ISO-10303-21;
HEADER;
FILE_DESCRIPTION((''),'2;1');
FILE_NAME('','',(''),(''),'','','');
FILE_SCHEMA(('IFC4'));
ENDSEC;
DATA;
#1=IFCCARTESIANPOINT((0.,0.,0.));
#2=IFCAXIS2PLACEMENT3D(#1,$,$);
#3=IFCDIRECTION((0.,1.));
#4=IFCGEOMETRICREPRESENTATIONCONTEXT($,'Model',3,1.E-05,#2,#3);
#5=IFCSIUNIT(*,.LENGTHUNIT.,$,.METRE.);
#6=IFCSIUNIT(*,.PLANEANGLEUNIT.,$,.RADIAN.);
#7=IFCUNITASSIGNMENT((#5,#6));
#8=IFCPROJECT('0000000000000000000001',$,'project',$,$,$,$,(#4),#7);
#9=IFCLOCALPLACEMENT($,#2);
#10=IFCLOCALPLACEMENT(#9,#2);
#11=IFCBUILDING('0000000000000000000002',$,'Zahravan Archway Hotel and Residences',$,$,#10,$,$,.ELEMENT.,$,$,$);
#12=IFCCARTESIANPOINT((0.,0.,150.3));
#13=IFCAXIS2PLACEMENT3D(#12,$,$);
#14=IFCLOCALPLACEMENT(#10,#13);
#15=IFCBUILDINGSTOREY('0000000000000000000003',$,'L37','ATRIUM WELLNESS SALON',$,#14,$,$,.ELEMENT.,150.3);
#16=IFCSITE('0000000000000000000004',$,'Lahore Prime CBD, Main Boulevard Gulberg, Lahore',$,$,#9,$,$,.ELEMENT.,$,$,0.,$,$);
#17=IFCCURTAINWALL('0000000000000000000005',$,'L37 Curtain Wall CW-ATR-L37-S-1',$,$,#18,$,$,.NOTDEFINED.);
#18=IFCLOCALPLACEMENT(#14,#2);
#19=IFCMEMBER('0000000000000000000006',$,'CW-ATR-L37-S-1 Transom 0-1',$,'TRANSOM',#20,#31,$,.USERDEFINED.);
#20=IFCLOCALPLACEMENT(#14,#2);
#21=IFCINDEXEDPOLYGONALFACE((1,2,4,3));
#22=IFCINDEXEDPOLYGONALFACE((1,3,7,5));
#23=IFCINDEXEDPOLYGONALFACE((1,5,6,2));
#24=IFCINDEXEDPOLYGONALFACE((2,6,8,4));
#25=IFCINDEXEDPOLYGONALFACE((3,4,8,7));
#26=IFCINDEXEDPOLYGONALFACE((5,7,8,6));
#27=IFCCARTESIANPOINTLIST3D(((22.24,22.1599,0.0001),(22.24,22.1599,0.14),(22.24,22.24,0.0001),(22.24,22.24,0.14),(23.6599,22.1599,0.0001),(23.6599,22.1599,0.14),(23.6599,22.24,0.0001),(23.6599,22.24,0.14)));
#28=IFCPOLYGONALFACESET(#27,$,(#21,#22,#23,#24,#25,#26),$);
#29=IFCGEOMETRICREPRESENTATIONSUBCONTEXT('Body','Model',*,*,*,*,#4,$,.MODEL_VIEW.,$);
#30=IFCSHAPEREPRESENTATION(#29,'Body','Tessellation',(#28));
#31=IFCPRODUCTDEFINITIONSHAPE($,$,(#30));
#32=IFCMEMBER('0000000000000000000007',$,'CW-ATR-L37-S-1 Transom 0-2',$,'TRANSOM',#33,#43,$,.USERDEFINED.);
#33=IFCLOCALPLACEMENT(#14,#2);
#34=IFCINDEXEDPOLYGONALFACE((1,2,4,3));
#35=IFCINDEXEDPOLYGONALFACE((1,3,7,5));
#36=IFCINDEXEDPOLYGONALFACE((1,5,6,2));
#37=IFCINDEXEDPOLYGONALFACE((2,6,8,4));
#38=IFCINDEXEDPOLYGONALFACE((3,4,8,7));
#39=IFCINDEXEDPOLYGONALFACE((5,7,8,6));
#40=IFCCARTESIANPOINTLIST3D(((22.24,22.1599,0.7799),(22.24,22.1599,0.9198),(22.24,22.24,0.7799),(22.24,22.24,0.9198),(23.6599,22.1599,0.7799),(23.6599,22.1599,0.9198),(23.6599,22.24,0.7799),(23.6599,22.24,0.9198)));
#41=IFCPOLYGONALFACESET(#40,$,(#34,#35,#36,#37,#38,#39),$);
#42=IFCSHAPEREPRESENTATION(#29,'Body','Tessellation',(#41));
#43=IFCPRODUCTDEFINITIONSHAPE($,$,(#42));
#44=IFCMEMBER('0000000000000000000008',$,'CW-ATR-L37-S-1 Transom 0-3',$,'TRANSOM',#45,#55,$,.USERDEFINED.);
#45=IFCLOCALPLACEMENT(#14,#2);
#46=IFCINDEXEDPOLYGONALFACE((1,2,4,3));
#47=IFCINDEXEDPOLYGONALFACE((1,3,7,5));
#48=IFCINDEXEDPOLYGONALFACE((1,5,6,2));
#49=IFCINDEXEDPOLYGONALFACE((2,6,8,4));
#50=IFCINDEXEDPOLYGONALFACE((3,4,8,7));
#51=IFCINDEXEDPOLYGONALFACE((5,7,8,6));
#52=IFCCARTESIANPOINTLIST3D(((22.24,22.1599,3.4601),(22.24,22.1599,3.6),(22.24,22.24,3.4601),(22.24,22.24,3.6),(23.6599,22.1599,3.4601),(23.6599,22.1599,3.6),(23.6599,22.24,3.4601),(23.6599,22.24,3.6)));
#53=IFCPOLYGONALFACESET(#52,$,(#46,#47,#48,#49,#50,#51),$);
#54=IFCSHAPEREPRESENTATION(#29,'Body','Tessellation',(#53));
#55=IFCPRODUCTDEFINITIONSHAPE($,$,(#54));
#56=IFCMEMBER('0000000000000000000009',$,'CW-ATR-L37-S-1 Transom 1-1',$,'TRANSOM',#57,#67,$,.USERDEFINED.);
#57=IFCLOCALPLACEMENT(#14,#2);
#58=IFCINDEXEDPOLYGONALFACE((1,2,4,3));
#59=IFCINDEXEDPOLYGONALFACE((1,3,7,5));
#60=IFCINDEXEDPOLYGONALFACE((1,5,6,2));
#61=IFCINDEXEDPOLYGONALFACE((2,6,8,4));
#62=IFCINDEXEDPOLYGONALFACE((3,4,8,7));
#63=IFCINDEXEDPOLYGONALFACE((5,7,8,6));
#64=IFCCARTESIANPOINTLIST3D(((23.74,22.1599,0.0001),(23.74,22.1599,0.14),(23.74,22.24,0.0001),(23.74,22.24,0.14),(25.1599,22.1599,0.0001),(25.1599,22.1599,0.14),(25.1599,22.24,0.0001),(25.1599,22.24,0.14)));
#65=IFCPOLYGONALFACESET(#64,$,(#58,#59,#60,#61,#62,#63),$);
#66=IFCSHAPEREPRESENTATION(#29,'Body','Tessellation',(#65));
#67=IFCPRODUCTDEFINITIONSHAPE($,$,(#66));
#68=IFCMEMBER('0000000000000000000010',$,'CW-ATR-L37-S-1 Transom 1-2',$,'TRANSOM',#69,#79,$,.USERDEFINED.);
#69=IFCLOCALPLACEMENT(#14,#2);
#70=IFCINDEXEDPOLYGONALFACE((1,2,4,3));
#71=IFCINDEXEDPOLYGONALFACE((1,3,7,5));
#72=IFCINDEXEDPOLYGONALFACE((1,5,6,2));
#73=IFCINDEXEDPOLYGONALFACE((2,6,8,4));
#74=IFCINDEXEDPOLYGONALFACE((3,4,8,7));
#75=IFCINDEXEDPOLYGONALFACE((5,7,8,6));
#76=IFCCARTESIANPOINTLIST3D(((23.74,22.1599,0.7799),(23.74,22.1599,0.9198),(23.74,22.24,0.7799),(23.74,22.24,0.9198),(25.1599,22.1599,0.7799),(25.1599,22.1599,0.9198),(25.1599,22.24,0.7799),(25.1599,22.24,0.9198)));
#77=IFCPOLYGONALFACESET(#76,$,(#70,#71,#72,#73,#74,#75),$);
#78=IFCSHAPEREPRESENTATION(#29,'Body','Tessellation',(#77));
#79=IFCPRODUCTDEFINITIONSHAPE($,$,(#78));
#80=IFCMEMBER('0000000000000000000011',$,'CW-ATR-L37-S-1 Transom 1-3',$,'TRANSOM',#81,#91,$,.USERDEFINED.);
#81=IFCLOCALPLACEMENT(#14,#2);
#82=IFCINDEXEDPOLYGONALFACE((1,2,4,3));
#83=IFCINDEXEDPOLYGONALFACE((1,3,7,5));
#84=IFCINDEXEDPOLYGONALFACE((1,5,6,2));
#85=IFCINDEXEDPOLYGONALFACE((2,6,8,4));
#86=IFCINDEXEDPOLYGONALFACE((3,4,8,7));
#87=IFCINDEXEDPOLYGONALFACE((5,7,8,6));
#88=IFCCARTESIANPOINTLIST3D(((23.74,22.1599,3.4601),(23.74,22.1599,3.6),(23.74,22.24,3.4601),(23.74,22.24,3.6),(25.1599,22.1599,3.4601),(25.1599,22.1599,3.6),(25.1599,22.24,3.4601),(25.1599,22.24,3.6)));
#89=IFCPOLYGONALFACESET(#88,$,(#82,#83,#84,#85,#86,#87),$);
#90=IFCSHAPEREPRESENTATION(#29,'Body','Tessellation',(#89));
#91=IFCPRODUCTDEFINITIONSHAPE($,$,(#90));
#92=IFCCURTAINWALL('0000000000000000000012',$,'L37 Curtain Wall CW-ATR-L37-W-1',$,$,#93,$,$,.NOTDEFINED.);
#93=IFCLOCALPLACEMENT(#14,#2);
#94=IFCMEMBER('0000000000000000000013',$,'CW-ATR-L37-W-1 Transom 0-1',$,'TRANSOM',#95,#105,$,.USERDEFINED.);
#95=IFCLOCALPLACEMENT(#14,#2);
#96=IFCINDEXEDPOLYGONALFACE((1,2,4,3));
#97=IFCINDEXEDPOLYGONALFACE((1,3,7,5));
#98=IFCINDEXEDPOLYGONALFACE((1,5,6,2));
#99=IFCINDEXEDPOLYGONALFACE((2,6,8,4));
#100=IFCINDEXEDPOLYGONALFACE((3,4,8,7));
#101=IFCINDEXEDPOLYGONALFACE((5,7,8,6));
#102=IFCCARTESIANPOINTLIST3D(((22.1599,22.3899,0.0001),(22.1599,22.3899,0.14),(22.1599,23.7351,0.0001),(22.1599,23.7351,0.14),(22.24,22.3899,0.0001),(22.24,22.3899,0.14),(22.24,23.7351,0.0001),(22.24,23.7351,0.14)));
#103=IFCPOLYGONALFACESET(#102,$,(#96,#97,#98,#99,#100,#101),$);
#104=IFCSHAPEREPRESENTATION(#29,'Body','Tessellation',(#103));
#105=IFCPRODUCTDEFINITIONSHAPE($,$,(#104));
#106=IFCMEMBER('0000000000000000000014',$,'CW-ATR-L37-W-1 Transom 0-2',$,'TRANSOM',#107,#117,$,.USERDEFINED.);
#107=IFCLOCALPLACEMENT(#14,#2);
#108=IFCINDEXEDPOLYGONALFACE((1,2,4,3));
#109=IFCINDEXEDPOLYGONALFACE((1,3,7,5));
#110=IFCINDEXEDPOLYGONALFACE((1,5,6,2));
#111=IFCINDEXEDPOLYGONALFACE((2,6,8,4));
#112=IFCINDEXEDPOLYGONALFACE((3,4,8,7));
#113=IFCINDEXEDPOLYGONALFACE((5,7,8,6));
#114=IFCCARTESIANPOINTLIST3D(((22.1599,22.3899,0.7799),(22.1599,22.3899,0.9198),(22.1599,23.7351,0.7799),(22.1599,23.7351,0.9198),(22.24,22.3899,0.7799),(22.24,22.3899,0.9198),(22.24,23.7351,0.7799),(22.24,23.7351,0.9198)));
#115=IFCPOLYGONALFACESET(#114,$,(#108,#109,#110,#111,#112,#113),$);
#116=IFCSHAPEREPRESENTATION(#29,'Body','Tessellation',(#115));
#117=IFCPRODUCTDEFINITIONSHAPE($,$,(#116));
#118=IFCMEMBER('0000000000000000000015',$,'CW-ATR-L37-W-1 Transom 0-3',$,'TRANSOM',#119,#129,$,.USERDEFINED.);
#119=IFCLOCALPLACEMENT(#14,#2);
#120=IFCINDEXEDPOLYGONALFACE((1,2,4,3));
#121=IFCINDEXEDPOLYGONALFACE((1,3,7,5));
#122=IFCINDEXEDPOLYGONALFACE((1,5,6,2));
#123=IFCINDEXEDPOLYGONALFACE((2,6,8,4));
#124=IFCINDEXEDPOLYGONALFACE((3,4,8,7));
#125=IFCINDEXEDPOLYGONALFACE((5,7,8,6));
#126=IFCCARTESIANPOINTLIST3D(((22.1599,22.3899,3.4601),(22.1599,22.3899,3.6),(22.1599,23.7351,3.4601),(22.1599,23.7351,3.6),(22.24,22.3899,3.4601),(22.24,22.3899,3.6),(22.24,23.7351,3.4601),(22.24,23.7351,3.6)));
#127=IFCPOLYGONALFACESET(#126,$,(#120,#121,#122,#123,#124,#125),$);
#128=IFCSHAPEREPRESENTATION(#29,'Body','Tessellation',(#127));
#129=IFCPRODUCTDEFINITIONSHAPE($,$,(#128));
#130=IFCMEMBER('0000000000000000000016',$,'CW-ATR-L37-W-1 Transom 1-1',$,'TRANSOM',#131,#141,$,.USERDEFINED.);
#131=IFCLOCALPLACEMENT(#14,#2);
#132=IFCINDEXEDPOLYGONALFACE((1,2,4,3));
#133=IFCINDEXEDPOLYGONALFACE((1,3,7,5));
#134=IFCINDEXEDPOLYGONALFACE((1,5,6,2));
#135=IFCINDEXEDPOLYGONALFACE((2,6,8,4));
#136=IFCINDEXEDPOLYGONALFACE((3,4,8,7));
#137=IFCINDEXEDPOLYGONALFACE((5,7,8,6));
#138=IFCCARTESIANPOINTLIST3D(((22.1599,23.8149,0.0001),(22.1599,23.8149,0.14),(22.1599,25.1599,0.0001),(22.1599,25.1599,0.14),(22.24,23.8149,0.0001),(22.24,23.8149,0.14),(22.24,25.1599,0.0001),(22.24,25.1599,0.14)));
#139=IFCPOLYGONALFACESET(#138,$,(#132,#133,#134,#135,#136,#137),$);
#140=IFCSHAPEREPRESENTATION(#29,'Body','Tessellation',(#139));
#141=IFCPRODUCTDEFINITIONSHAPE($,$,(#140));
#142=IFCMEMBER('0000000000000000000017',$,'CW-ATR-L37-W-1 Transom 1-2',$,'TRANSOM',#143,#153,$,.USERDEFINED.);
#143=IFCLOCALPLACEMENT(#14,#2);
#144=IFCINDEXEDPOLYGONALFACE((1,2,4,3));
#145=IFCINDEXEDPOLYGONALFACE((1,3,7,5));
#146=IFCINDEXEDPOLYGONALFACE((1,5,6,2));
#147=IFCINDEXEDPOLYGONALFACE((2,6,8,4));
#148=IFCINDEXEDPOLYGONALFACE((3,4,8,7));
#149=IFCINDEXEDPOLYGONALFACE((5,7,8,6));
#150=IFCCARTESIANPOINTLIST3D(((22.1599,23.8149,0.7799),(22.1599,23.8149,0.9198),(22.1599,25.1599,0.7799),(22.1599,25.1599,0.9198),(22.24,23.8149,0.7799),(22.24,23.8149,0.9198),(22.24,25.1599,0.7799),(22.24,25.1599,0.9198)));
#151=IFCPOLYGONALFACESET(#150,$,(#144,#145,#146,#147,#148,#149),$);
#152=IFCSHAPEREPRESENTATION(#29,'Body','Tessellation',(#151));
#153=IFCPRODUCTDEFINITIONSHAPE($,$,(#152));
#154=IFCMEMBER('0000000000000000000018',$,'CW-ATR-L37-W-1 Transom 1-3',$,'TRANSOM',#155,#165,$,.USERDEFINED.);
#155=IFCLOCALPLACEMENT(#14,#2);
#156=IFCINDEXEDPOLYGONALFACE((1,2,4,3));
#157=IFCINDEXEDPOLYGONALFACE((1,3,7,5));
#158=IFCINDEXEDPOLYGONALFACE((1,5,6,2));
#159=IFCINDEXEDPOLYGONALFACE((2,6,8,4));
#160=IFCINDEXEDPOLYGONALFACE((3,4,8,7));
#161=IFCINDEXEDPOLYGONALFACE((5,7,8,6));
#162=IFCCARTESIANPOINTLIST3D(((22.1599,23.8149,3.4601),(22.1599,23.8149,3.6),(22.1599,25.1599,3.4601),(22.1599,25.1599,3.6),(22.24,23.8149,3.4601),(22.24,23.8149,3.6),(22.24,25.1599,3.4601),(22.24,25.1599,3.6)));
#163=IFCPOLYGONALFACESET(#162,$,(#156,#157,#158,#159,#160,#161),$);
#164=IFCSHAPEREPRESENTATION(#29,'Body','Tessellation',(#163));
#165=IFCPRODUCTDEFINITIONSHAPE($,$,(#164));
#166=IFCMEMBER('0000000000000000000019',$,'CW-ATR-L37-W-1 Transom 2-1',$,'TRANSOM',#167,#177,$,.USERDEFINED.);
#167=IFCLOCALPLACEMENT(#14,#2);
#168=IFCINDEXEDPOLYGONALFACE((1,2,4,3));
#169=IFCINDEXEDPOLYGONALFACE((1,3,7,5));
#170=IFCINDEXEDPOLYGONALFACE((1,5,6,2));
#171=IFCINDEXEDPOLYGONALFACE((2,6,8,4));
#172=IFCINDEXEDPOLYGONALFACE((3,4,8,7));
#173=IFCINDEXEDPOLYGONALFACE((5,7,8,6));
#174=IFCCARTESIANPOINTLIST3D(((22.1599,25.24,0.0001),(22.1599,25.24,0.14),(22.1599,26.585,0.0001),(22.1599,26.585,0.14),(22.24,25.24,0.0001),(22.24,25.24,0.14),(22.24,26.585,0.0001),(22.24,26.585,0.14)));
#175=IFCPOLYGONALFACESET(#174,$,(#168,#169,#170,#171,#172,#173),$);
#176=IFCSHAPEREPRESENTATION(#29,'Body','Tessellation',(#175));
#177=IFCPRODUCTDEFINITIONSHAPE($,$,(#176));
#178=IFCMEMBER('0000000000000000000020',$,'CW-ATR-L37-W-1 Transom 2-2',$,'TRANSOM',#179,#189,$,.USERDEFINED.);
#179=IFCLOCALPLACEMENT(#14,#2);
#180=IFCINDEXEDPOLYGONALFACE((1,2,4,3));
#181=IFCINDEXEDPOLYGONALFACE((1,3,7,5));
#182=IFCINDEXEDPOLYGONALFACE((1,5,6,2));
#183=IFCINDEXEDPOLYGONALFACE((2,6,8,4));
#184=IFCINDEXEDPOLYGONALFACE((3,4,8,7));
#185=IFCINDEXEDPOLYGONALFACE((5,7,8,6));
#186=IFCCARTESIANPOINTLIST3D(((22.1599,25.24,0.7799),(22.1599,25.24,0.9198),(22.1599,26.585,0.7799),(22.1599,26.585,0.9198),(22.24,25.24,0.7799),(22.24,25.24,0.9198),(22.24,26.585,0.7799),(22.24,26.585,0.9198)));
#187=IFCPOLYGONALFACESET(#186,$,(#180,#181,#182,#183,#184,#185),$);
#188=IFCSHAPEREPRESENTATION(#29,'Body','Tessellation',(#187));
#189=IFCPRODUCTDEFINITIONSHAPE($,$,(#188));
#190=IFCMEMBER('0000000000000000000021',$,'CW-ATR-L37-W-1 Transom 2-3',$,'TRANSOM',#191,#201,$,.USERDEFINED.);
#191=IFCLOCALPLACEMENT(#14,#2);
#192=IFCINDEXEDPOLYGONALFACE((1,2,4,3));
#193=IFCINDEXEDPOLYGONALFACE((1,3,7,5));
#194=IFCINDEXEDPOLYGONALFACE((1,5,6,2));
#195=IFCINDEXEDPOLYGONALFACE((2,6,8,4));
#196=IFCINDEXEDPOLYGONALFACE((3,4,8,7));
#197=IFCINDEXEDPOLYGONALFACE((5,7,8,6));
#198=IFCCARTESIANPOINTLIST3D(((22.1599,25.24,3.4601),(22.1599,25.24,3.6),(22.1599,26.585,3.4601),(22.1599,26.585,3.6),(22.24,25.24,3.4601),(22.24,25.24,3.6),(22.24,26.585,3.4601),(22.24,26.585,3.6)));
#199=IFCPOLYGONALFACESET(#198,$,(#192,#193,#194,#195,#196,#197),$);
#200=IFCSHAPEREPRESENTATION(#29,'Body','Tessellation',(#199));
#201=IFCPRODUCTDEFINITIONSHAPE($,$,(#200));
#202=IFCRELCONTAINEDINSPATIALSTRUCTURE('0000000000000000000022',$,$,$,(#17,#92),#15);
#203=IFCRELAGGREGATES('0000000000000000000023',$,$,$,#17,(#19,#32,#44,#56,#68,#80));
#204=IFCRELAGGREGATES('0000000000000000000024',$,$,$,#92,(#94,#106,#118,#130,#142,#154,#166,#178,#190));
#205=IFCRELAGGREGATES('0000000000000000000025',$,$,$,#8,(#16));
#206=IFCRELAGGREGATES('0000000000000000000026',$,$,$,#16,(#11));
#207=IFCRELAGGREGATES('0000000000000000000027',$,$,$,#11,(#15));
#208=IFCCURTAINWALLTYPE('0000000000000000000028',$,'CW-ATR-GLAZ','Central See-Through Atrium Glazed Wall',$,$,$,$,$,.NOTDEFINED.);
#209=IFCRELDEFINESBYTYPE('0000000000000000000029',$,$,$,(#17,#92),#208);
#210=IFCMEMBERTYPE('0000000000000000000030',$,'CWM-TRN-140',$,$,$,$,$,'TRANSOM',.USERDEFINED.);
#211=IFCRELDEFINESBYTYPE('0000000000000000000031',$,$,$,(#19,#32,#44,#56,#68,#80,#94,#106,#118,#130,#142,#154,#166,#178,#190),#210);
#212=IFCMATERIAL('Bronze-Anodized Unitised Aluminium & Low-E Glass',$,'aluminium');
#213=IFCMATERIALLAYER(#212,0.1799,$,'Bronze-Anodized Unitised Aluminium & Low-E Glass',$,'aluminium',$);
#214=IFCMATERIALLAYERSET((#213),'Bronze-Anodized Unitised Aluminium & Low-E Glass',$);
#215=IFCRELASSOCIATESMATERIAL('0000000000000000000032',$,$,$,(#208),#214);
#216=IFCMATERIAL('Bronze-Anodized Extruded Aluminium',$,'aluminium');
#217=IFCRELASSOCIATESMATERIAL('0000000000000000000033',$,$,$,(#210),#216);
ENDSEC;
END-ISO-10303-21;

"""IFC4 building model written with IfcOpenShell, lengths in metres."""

from ifc_helpers import new_model, si_unit, direction, frame, origin, origin_2d, place, context, subcontext, project, spatial, rectangle, extrude, source, transform, mapped, material, layer, layer_set, material_profile, profile_set, type_object, element, aggregate, save


model = new_model("IFC4")

# Units and contexts
model_context = context("Model", 3, precision=1e-05, world=origin(), true_north=direction((0.0, 1.0)))
body_context = subcontext(model_context, "Body", "Model", "MODEL_VIEW")
ifc_project = project(units=[si_unit("LENGTHUNIT", "METRE"), si_unit("PLANEANGLEUNIT", "RADIAN")], contexts=[model_context])

# Site, building, storey
site_placement = place(None, origin())
site = spatial("IfcSite", under=ifc_project, at=site_placement, Name="Lahore Prime CBD, Main Boulevard Gulberg, Lahore", CompositionType="ELEMENT", RefElevation=0.0)
building_placement = place(site_placement, origin())
building = spatial("IfcBuilding", under=site, at=building_placement, Name="Zahravan Archway Hotel and Residences", CompositionType="ELEMENT")
storey_placement = place(building_placement, frame((0.0, 0.0, 150.3)))
storey = spatial("IfcBuildingStorey", under=building, at=storey_placement, Name="L37", Description="ATRIUM WELLNESS SALON", CompositionType="ELEMENT", Elevation=150.3)

# Curtain walls, members
ifc_material_1 = material(Name="Bronze-Anodized Unitised Aluminium & Low-E Glass", Category="aluminium")
ifc_layer_1 = layer(ifc_material_1, 0.1799, Name="Bronze-Anodized Unitised Aluminium & Low-E Glass", Category="aluminium")
ifc_layer_set_1 = layer_set([ifc_layer_1], Name="Bronze-Anodized Unitised Aluminium & Low-E Glass")
curtain_wall_type = type_object("IfcCurtainWallType", Name="CW-ATR-GLAZ", Description="Central See-Through Atrium Glazed Wall", PredefinedType="NOTDEFINED", material=ifc_layer_set_1)
curtain_wall_1_placement = place(storey_placement, origin())
curtain_wall_1 = element("IfcCurtainWall", 1, at=curtain_wall_1_placement, inside=storey, type_object=curtain_wall_type, Name="L37 Curtain Wall CW-ATR-L37-S-1", PredefinedType="NOTDEFINED")
ifc_material_2 = material(Name="Bronze-Anodized Extruded Aluminium", Category="aluminium")
ifc_material_profile_1 = material_profile(ifc_material_2, rectangle(XDim=0.0801, YDim=0.1399, at=origin_2d()), Name="TRN 80x140", Category="aluminium")
ifc_profile_set_1 = profile_set([ifc_material_profile_1], Name="Bronze-Anodized Extruded Aluminium")
member_type_1 = type_object("IfcMemberType", Name="CWM-TRN-140", ElementType="TRANSOM", PredefinedType="USERDEFINED", material=ifc_profile_set_1)
shared_shape_1 = source(origin(), body_context, "Body", "SweptSolid", [
    extrude(rectangle(XDim=0.0801, YDim=0.1399, at=origin_2d()), origin(), (0.0, 0.0, 1.0), 1.4199),
])
member_1_placement = place(storey_placement, frame((22.24, 22.2, 0.0701), z_axis=(1.0, 0.0, 0.0), x_axis=(0.0, 1.0, 0.0)))
member_1 = element("IfcMember", 2, at=member_1_placement, type_object=member_type_1, Name="CW-ATR-L37-S-1 Transom 0-1", ObjectType="TRANSOM", PredefinedType="USERDEFINED", context=body_context, shape_type="MappedRepresentation", body=[
    mapped(shared_shape_1, transform((0.0, 0.0, 0.0), scale=1.0)),
])
member_2_placement = place(storey_placement, frame((22.24, 22.2, 0.8499), z_axis=(1.0, 0.0, 0.0), x_axis=(0.0, 1.0, 0.0)))
member_2 = element("IfcMember", 3, at=member_2_placement, type_object=member_type_1, Name="CW-ATR-L37-S-1 Transom 0-2", ObjectType="TRANSOM", PredefinedType="USERDEFINED", context=body_context, shape_type="MappedRepresentation", body=[
    mapped(shared_shape_1, transform((0.0, 0.0, 0.0), scale=1.0)),
])
member_3_placement = place(storey_placement, frame((22.24, 22.2, 3.53), z_axis=(1.0, 0.0, 0.0), x_axis=(0.0, 1.0, 0.0)))
member_3 = element("IfcMember", 4, at=member_3_placement, type_object=member_type_1, Name="CW-ATR-L37-S-1 Transom 0-3", ObjectType="TRANSOM", PredefinedType="USERDEFINED", context=body_context, shape_type="MappedRepresentation", body=[
    mapped(shared_shape_1, transform((0.0, 0.0, 0.0), scale=1.0)),
])
member_4_placement = place(storey_placement, frame((23.74, 22.2, 0.0701), z_axis=(1.0, 0.0, 0.0), x_axis=(0.0, 1.0, 0.0)))
member_4 = element("IfcMember", 5, at=member_4_placement, type_object=member_type_1, Name="CW-ATR-L37-S-1 Transom 1-1", ObjectType="TRANSOM", PredefinedType="USERDEFINED", context=body_context, shape_type="MappedRepresentation", body=[
    mapped(shared_shape_1, transform((0.0, 0.0, 0.0), scale=1.0)),
])
member_5_placement = place(storey_placement, frame((23.74, 22.2, 0.8499), z_axis=(1.0, 0.0, 0.0), x_axis=(0.0, 1.0, 0.0)))
member_5 = element("IfcMember", 6, at=member_5_placement, type_object=member_type_1, Name="CW-ATR-L37-S-1 Transom 1-2", ObjectType="TRANSOM", PredefinedType="USERDEFINED", context=body_context, shape_type="MappedRepresentation", body=[
    mapped(shared_shape_1, transform((0.0, 0.0, 0.0), scale=1.0)),
])
member_6_placement = place(storey_placement, frame((23.74, 22.2, 3.53), z_axis=(1.0, 0.0, 0.0), x_axis=(0.0, 1.0, 0.0)))
member_6 = element("IfcMember", 7, at=member_6_placement, type_object=member_type_1, Name="CW-ATR-L37-S-1 Transom 1-3", ObjectType="TRANSOM", PredefinedType="USERDEFINED", context=body_context, shape_type="MappedRepresentation", body=[
    mapped(shared_shape_1, transform((0.0, 0.0, 0.0), scale=1.0)),
])
curtain_wall_2_placement = place(storey_placement, origin())
curtain_wall_2 = element("IfcCurtainWall", 8, at=curtain_wall_2_placement, inside=storey, type_object=curtain_wall_type, Name="L37 Curtain Wall CW-ATR-L37-W-1", PredefinedType="NOTDEFINED")
shared_shape_2 = source(origin(), body_context, "Body", "SweptSolid", [
    extrude(rectangle(XDim=0.0801, YDim=0.1399, at=origin_2d()), origin(), (0.0, 0.0, 1.0), 1.3452),
])
member_7_placement = place(storey_placement, frame((22.2, 22.3899, 0.0701), z_axis=(0.0, 1.0, 0.0), x_axis=(-1.0, 0.0, 0.0)))
member_7 = element("IfcMember", 9, at=member_7_placement, type_object=member_type_1, Name="CW-ATR-L37-W-1 Transom 0-1", ObjectType="TRANSOM", PredefinedType="USERDEFINED", context=body_context, shape_type="MappedRepresentation", body=[
    mapped(shared_shape_2, transform((0.0, 0.0, 0.0), scale=1.0)),
])
member_8_placement = place(storey_placement, frame((22.2, 22.3899, 0.8499), z_axis=(0.0, 1.0, 0.0), x_axis=(-1.0, 0.0, 0.0)))
member_8 = element("IfcMember", 10, at=member_8_placement, type_object=member_type_1, Name="CW-ATR-L37-W-1 Transom 0-2", ObjectType="TRANSOM", PredefinedType="USERDEFINED", context=body_context, shape_type="MappedRepresentation", body=[
    mapped(shared_shape_2, transform((0.0, 0.0, 0.0), scale=1.0)),
])
member_9_placement = place(storey_placement, frame((22.2, 22.3899, 3.53), z_axis=(0.0, 1.0, 0.0), x_axis=(-1.0, 0.0, 0.0)))
member_9 = element("IfcMember", 11, at=member_9_placement, type_object=member_type_1, Name="CW-ATR-L37-W-1 Transom 0-3", ObjectType="TRANSOM", PredefinedType="USERDEFINED", context=body_context, shape_type="MappedRepresentation", body=[
    mapped(shared_shape_2, transform((0.0, 0.0, 0.0), scale=1.0)),
])
shared_shape_3 = source(origin(), body_context, "Body", "SweptSolid", [
    extrude(rectangle(XDim=0.0801, YDim=0.1399, at=origin_2d()), origin(), (0.0, 0.0, 1.0), 1.345),
])
member_10_placement = place(storey_placement, frame((22.2, 23.8149, 0.0701), z_axis=(0.0, 1.0, 0.0), x_axis=(-1.0, 0.0, 0.0)))
member_10 = element("IfcMember", 12, at=member_10_placement, type_object=member_type_1, Name="CW-ATR-L37-W-1 Transom 1-1", ObjectType="TRANSOM", PredefinedType="USERDEFINED", context=body_context, shape_type="MappedRepresentation", body=[
    mapped(shared_shape_3, transform((0.0, 0.0, 0.0), scale=1.0)),
])
member_11_placement = place(storey_placement, frame((22.2, 23.8149, 0.8499), z_axis=(0.0, 1.0, 0.0), x_axis=(-1.0, 0.0, 0.0)))
member_11 = element("IfcMember", 13, at=member_11_placement, type_object=member_type_1, Name="CW-ATR-L37-W-1 Transom 1-2", ObjectType="TRANSOM", PredefinedType="USERDEFINED", context=body_context, shape_type="MappedRepresentation", body=[
    mapped(shared_shape_3, transform((0.0, 0.0, 0.0), scale=1.0)),
])
member_12_placement = place(storey_placement, frame((22.2, 23.8149, 3.53), z_axis=(0.0, 1.0, 0.0), x_axis=(-1.0, 0.0, 0.0)))
member_12 = element("IfcMember", 14, at=member_12_placement, type_object=member_type_1, Name="CW-ATR-L37-W-1 Transom 1-3", ObjectType="TRANSOM", PredefinedType="USERDEFINED", context=body_context, shape_type="MappedRepresentation", body=[
    mapped(shared_shape_3, transform((0.0, 0.0, 0.0), scale=1.0)),
])
member_13_placement = place(storey_placement, frame((22.2, 25.24, 0.0701), z_axis=(0.0, 1.0, 0.0), x_axis=(-1.0, 0.0, 0.0)))
member_13 = element("IfcMember", 15, at=member_13_placement, type_object=member_type_1, Name="CW-ATR-L37-W-1 Transom 2-1", ObjectType="TRANSOM", PredefinedType="USERDEFINED", context=body_context, shape_type="MappedRepresentation", body=[
    mapped(shared_shape_3, transform((0.0, 0.0, 0.0), scale=1.0)),
])
member_14_placement = place(storey_placement, frame((22.2, 25.24, 0.8499), z_axis=(0.0, 1.0, 0.0), x_axis=(-1.0, 0.0, 0.0)))
member_14 = element("IfcMember", 16, at=member_14_placement, type_object=member_type_1, Name="CW-ATR-L37-W-1 Transom 2-2", ObjectType="TRANSOM", PredefinedType="USERDEFINED", context=body_context, shape_type="MappedRepresentation", body=[
    mapped(shared_shape_3, transform((0.0, 0.0, 0.0), scale=1.0)),
])
member_15_placement = place(storey_placement, frame((22.2, 25.24, 3.53), z_axis=(0.0, 1.0, 0.0), x_axis=(-1.0, 0.0, 0.0)))
member_15 = element("IfcMember", 17, at=member_15_placement, type_object=member_type_1, Name="CW-ATR-L37-W-1 Transom 2-3", ObjectType="TRANSOM", PredefinedType="USERDEFINED", context=body_context, shape_type="MappedRepresentation", body=[
    mapped(shared_shape_3, transform((0.0, 0.0, 0.0), scale=1.0)),
])

aggregate(curtain_wall_1, [member_1, member_2, member_3, member_4, member_5, member_6])
aggregate(curtain_wall_2, [member_7, member_8, member_9, member_10, member_11, member_12, member_13, member_14, member_15])

save(model, "model.ifc")
